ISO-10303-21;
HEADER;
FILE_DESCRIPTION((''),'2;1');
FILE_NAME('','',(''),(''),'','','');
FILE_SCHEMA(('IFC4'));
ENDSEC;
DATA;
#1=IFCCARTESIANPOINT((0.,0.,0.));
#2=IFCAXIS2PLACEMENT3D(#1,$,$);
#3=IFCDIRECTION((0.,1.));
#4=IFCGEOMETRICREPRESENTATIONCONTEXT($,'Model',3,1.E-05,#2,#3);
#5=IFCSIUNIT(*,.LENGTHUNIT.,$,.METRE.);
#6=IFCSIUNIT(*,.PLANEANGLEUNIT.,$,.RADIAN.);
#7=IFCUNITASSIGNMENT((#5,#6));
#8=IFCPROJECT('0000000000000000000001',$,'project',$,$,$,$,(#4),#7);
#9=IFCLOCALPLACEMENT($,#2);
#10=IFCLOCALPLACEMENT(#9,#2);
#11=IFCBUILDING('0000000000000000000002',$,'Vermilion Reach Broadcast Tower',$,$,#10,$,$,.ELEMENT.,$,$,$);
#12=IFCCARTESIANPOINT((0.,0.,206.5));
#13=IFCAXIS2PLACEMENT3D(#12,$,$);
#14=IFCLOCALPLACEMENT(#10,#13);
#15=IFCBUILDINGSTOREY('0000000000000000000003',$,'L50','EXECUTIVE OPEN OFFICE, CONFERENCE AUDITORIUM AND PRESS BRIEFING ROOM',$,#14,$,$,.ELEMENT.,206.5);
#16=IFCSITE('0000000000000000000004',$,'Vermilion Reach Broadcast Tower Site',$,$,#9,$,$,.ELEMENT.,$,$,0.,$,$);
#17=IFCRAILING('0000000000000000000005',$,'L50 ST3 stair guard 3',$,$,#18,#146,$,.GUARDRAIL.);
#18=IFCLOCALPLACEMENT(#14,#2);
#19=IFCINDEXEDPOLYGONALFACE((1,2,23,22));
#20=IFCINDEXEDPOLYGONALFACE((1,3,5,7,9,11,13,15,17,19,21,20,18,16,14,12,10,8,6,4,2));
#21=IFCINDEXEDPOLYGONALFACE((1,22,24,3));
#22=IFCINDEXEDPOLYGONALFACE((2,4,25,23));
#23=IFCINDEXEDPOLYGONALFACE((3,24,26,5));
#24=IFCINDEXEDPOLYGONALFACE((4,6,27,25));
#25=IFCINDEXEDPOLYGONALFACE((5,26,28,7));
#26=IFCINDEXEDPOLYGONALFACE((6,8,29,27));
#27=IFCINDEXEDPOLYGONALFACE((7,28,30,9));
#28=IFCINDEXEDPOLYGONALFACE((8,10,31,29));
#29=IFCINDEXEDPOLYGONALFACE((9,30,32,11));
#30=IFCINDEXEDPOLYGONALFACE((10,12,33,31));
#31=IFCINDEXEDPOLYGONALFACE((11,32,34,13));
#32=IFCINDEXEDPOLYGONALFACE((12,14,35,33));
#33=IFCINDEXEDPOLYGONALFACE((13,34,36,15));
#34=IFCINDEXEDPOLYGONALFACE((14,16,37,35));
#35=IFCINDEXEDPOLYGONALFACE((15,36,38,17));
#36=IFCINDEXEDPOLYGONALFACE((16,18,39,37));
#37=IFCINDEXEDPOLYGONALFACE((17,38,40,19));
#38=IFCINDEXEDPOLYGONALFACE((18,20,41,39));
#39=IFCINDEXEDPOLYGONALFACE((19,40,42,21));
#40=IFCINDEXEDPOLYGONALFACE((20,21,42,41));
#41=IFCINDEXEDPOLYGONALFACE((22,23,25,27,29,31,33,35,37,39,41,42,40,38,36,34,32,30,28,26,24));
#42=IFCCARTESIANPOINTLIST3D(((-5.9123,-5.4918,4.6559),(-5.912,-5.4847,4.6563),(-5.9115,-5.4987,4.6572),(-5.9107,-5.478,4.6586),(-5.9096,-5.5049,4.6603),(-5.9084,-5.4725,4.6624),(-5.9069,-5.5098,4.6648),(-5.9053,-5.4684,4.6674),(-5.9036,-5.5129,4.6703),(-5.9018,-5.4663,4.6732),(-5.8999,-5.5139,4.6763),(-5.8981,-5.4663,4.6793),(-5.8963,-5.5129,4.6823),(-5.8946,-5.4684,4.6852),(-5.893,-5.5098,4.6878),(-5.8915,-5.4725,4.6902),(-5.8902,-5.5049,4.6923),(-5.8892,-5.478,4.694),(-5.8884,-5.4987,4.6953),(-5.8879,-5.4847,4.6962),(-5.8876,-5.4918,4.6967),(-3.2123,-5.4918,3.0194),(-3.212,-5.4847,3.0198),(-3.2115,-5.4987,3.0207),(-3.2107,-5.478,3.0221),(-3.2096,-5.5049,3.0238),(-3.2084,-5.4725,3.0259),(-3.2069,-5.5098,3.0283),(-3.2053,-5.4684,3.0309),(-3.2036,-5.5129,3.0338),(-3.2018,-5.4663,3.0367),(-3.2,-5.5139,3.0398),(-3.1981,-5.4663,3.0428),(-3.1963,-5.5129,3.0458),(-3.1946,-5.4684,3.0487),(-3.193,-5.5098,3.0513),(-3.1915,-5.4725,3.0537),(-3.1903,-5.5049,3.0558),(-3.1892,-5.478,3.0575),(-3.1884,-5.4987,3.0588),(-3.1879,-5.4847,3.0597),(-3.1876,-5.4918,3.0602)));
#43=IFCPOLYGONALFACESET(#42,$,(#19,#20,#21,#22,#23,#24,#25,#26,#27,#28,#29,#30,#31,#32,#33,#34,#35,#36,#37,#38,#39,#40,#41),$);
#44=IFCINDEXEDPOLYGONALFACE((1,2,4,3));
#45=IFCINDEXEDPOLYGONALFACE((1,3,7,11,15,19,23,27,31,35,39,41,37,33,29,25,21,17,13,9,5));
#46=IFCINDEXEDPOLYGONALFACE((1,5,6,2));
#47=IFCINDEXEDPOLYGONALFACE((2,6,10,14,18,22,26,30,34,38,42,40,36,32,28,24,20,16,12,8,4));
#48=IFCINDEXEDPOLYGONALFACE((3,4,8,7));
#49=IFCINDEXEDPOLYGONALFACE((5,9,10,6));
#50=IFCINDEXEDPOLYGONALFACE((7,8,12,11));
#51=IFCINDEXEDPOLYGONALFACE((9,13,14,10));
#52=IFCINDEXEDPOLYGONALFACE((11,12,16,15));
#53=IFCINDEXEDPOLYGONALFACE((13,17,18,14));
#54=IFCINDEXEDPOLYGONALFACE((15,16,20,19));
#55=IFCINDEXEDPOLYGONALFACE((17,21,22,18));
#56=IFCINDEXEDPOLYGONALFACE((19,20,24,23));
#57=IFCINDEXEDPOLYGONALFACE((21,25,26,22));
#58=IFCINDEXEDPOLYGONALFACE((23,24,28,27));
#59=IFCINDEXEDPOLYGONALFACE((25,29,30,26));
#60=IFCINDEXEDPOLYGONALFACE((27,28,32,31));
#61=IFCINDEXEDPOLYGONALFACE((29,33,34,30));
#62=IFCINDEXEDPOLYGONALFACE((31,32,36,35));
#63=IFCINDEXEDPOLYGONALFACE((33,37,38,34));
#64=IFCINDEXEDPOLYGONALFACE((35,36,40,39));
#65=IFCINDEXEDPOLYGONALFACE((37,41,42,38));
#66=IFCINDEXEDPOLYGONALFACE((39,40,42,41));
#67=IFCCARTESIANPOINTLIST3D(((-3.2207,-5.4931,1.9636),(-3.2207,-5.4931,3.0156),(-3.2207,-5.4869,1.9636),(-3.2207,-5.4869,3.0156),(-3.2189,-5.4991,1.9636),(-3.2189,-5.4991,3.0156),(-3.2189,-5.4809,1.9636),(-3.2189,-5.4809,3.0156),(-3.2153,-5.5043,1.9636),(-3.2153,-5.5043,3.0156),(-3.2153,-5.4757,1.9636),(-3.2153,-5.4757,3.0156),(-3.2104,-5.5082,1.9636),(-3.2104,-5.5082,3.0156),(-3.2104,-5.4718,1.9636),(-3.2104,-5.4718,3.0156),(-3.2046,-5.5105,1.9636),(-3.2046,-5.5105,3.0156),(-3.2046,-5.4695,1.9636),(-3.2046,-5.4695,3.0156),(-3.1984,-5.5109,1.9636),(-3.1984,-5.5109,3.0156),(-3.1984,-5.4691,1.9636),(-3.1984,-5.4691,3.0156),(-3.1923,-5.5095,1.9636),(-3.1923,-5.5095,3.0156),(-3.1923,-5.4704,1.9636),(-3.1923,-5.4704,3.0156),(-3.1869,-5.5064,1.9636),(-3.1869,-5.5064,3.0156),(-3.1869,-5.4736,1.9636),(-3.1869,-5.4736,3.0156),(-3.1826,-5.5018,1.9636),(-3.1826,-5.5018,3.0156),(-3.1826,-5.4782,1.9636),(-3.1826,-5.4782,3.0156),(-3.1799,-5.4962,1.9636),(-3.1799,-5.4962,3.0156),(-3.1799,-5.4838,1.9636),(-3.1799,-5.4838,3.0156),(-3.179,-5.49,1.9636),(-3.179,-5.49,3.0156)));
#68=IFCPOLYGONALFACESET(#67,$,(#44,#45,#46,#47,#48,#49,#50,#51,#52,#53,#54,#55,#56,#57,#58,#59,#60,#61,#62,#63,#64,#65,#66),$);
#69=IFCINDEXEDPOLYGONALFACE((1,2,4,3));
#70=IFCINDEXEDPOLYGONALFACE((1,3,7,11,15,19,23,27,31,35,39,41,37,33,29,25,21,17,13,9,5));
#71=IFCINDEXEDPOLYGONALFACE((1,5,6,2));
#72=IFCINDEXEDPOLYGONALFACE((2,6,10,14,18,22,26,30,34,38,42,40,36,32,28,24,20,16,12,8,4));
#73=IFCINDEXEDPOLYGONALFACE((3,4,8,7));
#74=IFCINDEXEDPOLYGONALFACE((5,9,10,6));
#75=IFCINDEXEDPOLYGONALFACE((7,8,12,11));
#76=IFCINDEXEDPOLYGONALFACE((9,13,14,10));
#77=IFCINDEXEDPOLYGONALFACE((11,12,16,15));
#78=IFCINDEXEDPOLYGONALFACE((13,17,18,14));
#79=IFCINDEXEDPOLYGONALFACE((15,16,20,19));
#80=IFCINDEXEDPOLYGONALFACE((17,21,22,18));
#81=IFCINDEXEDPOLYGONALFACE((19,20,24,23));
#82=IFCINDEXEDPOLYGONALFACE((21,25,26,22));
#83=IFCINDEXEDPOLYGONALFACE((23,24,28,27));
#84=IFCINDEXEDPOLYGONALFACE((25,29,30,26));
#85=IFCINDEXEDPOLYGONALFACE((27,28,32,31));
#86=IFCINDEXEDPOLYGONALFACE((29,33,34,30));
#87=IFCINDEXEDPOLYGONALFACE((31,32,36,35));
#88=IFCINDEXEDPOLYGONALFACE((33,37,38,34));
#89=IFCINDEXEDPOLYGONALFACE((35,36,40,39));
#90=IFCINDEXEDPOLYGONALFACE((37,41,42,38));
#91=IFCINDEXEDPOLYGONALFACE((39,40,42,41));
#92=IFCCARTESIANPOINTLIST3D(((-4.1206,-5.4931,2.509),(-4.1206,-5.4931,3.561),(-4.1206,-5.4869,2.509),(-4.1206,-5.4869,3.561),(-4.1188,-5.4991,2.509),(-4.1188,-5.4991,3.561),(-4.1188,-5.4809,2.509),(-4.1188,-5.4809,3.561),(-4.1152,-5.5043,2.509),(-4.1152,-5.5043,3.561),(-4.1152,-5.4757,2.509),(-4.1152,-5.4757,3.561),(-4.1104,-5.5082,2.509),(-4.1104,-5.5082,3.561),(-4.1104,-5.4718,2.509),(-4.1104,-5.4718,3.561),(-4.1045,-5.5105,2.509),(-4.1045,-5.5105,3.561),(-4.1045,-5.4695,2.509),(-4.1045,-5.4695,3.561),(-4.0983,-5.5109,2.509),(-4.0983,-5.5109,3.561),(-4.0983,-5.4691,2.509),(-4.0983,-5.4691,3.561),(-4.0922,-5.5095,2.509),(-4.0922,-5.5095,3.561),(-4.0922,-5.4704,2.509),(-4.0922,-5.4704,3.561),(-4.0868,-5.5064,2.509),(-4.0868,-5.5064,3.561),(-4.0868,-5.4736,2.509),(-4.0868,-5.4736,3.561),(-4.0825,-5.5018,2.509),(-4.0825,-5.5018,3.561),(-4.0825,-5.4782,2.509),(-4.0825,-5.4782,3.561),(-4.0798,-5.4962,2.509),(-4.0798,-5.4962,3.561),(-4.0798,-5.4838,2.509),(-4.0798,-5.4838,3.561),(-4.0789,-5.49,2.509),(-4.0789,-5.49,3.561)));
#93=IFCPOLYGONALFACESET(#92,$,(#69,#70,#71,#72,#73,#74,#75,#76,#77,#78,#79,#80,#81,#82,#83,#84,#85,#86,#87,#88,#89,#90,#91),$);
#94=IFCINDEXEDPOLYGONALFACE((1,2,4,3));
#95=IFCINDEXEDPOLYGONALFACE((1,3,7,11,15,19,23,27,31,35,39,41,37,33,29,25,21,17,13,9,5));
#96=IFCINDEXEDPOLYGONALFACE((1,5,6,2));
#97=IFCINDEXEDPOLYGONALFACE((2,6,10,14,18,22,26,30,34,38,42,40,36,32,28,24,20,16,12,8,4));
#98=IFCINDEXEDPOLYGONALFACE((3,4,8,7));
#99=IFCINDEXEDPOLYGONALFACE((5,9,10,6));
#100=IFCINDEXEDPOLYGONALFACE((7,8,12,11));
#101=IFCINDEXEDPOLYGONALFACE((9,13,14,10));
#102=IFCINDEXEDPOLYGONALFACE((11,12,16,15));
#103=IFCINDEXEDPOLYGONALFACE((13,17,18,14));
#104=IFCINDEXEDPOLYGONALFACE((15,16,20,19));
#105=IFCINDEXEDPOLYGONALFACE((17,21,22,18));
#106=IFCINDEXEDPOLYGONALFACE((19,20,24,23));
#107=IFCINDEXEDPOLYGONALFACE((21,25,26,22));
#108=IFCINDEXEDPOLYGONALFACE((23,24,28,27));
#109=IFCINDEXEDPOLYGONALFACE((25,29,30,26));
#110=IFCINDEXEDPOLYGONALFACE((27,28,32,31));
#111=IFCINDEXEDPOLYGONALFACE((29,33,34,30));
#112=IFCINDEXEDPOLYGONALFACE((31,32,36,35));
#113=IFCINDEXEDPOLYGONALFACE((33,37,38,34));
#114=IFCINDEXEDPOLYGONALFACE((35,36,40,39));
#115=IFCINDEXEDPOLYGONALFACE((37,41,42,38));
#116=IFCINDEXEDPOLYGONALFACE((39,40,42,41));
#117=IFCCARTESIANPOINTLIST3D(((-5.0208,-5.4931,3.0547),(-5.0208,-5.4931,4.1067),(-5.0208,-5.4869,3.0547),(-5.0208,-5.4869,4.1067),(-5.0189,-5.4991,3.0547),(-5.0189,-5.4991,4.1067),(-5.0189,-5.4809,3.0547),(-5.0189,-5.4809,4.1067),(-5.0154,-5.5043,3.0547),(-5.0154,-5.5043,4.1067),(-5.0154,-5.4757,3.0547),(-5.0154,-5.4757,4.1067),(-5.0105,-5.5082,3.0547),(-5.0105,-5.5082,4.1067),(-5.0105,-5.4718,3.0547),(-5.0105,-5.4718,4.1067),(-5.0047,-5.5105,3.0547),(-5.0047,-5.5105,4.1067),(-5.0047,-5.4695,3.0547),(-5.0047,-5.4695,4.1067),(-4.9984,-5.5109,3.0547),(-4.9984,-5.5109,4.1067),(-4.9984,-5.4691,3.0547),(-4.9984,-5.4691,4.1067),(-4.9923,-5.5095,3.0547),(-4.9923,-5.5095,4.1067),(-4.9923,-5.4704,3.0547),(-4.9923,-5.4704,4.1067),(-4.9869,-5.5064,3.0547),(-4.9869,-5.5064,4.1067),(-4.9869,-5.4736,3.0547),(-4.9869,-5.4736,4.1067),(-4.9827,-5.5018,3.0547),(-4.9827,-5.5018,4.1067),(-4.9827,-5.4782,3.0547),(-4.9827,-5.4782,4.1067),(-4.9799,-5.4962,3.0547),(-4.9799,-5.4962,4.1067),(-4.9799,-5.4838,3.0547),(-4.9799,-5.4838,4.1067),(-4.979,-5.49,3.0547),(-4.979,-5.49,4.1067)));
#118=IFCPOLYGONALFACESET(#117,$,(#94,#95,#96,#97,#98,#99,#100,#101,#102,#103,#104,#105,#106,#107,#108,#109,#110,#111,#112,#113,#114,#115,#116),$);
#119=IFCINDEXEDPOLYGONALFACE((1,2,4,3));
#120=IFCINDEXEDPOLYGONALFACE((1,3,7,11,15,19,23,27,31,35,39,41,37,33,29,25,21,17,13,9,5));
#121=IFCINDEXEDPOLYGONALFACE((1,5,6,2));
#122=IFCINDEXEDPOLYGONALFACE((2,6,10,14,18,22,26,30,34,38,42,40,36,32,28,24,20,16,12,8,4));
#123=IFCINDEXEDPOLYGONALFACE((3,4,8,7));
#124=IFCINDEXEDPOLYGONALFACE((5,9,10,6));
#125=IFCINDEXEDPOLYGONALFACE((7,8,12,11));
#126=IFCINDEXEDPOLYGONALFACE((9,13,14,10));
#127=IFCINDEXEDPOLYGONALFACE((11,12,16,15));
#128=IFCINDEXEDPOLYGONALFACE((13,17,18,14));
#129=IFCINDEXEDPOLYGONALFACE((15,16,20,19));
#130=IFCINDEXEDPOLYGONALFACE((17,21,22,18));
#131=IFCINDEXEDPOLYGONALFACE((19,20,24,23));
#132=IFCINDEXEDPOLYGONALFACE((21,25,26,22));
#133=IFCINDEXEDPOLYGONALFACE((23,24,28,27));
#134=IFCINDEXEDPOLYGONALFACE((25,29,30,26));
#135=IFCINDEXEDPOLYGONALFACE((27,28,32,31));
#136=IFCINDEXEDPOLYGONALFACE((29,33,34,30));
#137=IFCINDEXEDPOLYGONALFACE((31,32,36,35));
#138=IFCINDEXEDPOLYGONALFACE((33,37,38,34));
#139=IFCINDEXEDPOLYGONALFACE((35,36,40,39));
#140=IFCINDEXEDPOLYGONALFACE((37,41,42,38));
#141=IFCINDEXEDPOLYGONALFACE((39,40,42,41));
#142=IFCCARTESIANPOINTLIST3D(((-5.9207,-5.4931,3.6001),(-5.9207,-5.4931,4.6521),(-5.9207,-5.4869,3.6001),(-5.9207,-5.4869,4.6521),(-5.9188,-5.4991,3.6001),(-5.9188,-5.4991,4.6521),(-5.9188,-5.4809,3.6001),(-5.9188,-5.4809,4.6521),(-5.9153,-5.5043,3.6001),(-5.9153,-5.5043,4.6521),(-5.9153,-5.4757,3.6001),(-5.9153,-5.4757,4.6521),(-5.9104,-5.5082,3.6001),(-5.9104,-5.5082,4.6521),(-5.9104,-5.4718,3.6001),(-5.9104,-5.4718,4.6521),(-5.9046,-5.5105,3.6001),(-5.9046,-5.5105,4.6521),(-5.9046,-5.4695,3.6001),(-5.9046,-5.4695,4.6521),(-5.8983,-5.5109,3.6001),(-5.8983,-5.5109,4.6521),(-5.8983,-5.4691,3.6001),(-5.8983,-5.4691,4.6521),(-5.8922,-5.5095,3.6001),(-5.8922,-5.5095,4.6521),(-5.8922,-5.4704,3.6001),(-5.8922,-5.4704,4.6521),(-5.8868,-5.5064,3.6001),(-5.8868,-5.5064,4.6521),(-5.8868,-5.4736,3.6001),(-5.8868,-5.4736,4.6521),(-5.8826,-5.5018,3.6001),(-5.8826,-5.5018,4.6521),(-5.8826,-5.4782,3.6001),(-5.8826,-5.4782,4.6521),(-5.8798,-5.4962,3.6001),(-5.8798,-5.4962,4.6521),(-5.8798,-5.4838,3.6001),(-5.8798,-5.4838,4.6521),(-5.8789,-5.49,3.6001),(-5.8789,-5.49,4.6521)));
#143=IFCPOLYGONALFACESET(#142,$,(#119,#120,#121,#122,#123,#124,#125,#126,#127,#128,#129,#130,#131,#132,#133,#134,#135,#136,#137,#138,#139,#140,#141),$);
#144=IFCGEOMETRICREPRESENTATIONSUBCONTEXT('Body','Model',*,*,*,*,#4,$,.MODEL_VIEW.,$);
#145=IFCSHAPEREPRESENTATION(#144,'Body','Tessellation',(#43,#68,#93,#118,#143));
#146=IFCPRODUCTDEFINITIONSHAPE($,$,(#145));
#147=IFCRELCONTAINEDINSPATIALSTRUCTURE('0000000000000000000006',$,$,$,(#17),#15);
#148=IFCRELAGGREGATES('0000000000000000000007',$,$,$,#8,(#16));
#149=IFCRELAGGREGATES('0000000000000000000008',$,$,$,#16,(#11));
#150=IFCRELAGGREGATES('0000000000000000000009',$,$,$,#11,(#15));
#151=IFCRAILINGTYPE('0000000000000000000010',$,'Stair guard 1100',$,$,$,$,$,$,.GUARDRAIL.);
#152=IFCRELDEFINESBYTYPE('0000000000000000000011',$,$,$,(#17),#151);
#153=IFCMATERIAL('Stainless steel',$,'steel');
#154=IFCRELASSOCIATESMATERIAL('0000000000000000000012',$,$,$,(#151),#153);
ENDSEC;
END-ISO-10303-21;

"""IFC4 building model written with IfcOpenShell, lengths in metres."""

from ifc_helpers import new_model, si_unit, direction, frame, origin, origin_2d, place, context, subcontext, project, spatial, circle, extrude, material, type_object, element, save


model = new_model("IFC4")

# Units and contexts
model_context = context("Model", 3, precision=1e-05, world=origin(), true_north=direction((0.0, 1.0)))
body_context = subcontext(model_context, "Body", "Model", "MODEL_VIEW")
ifc_project = project(units=[si_unit("LENGTHUNIT", "METRE"), si_unit("PLANEANGLEUNIT", "RADIAN")], contexts=[model_context])

# Site, building, storey
site_placement = place(None, origin())
site = spatial("IfcSite", under=ifc_project, at=site_placement, Name="Vermilion Reach Broadcast Tower Site", CompositionType="ELEMENT", RefElevation=0.0)
building_placement = place(site_placement, origin())
building = spatial("IfcBuilding", under=site, at=building_placement, Name="Vermilion Reach Broadcast Tower", CompositionType="ELEMENT")
storey_placement = place(building_placement, frame((0.0, 0.0, 206.5)))
storey = spatial("IfcBuildingStorey", under=building, at=storey_placement, Name="L50", Description="EXECUTIVE OPEN OFFICE, CONFERENCE AUDITORIUM AND PRESS BRIEFING ROOM", CompositionType="ELEMENT", Elevation=206.5)

# Railing
ifc_material_1 = material(Name="Stainless steel", Category="steel")
railing_type_1 = type_object("IfcRailingType", Name="Stair guard 1100", PredefinedType="GUARDRAIL", material=ifc_material_1)
railing_1_placement = place(storey_placement, frame((-3.2, -5.49, 1.9636)))
element("IfcRailing", 1, at=railing_1_placement, inside=storey, type_object=railing_type_1, Name="L50 ST3 stair guard 3", PredefinedType="GUARDRAIL", context=body_context, shape_type="SweptSolid", body=[
    extrude(circle(Radius=0.0239, at=origin_2d()), frame((0.0, 0.0, 1.0762), z_axis=(-0.855178, 0.0, 0.518334), x_axis=(0.0, -1.0, 0.0)), (0.0, 0.0, 1.0), 3.1572),
    extrude(circle(Radius=0.021, at=origin_2d()), origin(), (0.0, 0.0, 1.0), 1.052),
    extrude(circle(Radius=0.021, at=origin_2d()), frame((-0.8999, 0.0, 0.5454)), (0.0, 0.0, 1.0), 1.052),
    extrude(circle(Radius=0.021, at=origin_2d()), frame((-1.8, 0.0, 1.0911)), (0.0, 0.0, 1.0), 1.052),
    extrude(circle(Radius=0.021, at=origin_2d()), frame((-2.7, 0.0, 1.6365)), (0.0, 0.0, 1.0), 1.052),
])

save(model, "model.ifc")
